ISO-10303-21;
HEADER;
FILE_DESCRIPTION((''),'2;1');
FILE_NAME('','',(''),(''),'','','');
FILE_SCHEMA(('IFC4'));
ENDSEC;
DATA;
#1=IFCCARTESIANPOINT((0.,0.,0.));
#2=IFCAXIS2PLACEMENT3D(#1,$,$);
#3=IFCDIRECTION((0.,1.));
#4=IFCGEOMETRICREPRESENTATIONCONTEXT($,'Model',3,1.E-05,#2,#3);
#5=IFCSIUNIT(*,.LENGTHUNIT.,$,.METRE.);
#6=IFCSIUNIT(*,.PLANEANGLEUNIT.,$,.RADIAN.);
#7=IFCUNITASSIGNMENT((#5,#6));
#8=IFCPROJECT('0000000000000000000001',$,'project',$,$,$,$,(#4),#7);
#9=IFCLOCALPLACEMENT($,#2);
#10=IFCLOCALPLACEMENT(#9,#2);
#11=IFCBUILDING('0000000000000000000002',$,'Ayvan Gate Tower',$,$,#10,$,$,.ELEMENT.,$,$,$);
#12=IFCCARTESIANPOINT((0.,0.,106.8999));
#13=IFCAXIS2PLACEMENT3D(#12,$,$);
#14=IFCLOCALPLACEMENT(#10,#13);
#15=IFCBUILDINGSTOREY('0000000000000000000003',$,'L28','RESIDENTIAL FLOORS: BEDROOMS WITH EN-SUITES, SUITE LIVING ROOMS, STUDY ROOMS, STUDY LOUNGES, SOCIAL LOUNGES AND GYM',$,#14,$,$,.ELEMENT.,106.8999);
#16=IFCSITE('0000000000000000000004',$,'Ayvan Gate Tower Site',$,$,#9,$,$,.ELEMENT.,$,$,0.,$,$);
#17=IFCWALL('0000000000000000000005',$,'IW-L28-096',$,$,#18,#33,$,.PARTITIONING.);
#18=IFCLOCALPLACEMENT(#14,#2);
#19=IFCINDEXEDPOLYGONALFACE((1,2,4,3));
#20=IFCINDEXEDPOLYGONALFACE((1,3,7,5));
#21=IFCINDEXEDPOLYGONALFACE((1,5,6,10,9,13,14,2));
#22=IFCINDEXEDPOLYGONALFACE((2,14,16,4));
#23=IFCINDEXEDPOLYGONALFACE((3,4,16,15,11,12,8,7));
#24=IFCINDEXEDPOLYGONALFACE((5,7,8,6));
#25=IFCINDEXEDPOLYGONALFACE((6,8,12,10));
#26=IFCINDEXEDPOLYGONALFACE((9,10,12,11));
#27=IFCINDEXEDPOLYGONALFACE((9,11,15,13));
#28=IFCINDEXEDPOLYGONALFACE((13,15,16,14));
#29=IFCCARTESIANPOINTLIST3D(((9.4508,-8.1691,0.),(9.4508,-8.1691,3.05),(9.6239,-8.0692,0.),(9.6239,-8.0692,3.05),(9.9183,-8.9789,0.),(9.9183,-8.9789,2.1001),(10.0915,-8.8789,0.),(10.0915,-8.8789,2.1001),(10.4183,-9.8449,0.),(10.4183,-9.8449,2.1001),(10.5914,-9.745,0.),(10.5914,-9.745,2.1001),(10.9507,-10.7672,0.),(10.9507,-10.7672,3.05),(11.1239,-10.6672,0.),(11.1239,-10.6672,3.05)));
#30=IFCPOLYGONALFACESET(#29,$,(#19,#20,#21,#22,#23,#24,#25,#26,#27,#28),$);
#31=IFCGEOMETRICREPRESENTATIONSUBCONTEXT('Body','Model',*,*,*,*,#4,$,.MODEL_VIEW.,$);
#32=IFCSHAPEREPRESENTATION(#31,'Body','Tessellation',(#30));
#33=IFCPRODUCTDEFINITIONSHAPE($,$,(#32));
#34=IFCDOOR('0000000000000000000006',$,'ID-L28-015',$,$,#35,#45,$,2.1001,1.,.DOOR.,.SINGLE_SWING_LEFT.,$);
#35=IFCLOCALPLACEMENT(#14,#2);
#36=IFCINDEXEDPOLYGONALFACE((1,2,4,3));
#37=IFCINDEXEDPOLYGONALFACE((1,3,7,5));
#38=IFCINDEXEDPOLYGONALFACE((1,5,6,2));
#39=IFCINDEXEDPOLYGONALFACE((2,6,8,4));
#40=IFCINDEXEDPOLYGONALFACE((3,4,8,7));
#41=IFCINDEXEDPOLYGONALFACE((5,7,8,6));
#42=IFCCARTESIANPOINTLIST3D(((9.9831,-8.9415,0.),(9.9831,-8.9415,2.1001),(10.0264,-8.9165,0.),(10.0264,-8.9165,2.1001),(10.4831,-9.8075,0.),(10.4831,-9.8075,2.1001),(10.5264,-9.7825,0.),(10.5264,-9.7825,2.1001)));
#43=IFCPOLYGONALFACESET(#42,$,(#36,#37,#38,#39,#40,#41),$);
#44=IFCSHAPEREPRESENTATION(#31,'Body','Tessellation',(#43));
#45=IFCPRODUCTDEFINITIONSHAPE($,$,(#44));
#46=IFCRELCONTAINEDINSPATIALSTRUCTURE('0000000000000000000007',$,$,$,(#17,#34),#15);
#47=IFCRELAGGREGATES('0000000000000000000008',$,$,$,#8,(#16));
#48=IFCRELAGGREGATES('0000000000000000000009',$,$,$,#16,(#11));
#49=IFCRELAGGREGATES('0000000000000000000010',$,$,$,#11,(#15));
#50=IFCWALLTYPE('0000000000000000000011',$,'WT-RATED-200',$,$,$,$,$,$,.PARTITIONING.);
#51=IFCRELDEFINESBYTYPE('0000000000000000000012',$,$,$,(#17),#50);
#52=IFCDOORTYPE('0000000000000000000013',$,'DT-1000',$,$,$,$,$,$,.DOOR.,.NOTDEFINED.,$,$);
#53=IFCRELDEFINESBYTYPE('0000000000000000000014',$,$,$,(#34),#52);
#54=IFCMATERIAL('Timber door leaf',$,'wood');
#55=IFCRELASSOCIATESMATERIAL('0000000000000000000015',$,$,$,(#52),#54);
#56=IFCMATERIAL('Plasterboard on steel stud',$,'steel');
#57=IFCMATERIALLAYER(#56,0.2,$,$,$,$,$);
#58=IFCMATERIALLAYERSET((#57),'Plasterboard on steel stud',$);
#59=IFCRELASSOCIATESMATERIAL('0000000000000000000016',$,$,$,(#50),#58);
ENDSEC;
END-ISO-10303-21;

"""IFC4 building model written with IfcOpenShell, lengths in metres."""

from ifc_helpers import new_model, si_unit, direction, frame, frame_2d, origin, place, context, subcontext, project, spatial, rectangle, extrude, material, layer, layer_set, type_object, element, fill, save


model = new_model("IFC4")

# Units and contexts
model_context = context("Model", 3, precision=1e-05, world=origin(), true_north=direction((0.0, 1.0)))
body_context = subcontext(model_context, "Body", "Model", "MODEL_VIEW")
ifc_project = project(units=[si_unit("LENGTHUNIT", "METRE"), si_unit("PLANEANGLEUNIT", "RADIAN")], contexts=[model_context])

# Site, building, storey
site_placement = place(None, origin())
site = spatial("IfcSite", under=ifc_project, at=site_placement, Name="Ayvan Gate Tower Site", CompositionType="ELEMENT", RefElevation=0.0)
building_placement = place(site_placement, origin())
building = spatial("IfcBuilding", under=site, at=building_placement, Name="Ayvan Gate Tower", CompositionType="ELEMENT")
storey_placement = place(building_placement, frame((0.0, 0.0, 106.8999)))
storey = spatial("IfcBuildingStorey", under=building, at=storey_placement, Name="L28", Description="RESIDENTIAL FLOORS: BEDROOMS WITH EN-SUITES, SUITE LIVING ROOMS, STUDY ROOMS, STUDY LOUNGES, SOCIAL LOUNGES AND GYM", CompositionType="ELEMENT", Elevation=106.8999)

# Shared definitions
ifc_material_1 = material(Name="Timber door leaf", Category="wood")

# Shared definitions
ifc_material_2 = material(Name="Plasterboard on steel stud", Category="steel")

# Shared definitions
door_type_1 = type_object("IfcDoorType", Name="DT-1000", OperationType="NOTDEFINED", PredefinedType="DOOR", material=ifc_material_1)

# Shared definitions
ifc_layer_1 = layer(ifc_material_2, 0.2)
ifc_layer_set_1 = layer_set([ifc_layer_1], Name="Plasterboard on steel stud")
wall_type_1 = type_object("IfcWallType", Name="WT-RATED-200", PredefinedType="PARTITIONING", material=ifc_layer_set_1)

# Wall, opening, door
wall_1_placement = place(storey_placement, frame((9.5374, -8.1191, 0.0), z_axis=(0.0, 0.0, 1.0), x_axis=(0.49999, -0.866031, 0.0)))
wall_1 = element("IfcWall", 1, at=wall_1_placement, inside=storey, type_object=wall_type_1, Name="IW-L28-096", PredefinedType="PARTITIONING", context=body_context, shape_type="SweptSolid", body=[
    extrude(rectangle(XDim=3.0, YDim=0.2, at=frame_2d((1.5, 0.0))), origin(), (0.0, 0.0, 1.0), 3.05),
])
opening_1_placement = place(wall_1_placement, frame((0.9351, 0.0, 0.0)))
opening_1 = element("IfcOpeningElement", 2, at=opening_1_placement, cuts=wall_1, PredefinedType="OPENING", context=body_context, shape_type="SweptSolid", body=[
    extrude(rectangle(XDim=1.0, YDim=2.1001, at=frame_2d((0.5, 1.05))), frame((0.0, 0.1099, 0.0), z_axis=(0.0, -1.0, 0.0), x_axis=(1.0, 0.0, 0.0)), (0.0, 0.0, 1.0), 0.22),
])
door_1_placement = place(opening_1_placement, origin())
door_1 = element("IfcDoor", 3, at=door_1_placement, inside=storey, type_object=door_type_1, Name="ID-L28-015", OperationType="SINGLE_SWING_LEFT", OverallHeight=2.1001, OverallWidth=1.0, PredefinedType="DOOR", context=body_context, shape_type="SweptSolid", body=[
    extrude(rectangle(XDim=1.0, YDim=2.1001, at=frame_2d((0.5, 1.05))), frame((0.0, 0.0249, 0.0), z_axis=(0.0, -1.0, 0.0), x_axis=(1.0, 0.0, 0.0)), (0.0, 0.0, 1.0), 0.05),
])
fill(opening_1, door_1)

save(model, "model.ifc")
